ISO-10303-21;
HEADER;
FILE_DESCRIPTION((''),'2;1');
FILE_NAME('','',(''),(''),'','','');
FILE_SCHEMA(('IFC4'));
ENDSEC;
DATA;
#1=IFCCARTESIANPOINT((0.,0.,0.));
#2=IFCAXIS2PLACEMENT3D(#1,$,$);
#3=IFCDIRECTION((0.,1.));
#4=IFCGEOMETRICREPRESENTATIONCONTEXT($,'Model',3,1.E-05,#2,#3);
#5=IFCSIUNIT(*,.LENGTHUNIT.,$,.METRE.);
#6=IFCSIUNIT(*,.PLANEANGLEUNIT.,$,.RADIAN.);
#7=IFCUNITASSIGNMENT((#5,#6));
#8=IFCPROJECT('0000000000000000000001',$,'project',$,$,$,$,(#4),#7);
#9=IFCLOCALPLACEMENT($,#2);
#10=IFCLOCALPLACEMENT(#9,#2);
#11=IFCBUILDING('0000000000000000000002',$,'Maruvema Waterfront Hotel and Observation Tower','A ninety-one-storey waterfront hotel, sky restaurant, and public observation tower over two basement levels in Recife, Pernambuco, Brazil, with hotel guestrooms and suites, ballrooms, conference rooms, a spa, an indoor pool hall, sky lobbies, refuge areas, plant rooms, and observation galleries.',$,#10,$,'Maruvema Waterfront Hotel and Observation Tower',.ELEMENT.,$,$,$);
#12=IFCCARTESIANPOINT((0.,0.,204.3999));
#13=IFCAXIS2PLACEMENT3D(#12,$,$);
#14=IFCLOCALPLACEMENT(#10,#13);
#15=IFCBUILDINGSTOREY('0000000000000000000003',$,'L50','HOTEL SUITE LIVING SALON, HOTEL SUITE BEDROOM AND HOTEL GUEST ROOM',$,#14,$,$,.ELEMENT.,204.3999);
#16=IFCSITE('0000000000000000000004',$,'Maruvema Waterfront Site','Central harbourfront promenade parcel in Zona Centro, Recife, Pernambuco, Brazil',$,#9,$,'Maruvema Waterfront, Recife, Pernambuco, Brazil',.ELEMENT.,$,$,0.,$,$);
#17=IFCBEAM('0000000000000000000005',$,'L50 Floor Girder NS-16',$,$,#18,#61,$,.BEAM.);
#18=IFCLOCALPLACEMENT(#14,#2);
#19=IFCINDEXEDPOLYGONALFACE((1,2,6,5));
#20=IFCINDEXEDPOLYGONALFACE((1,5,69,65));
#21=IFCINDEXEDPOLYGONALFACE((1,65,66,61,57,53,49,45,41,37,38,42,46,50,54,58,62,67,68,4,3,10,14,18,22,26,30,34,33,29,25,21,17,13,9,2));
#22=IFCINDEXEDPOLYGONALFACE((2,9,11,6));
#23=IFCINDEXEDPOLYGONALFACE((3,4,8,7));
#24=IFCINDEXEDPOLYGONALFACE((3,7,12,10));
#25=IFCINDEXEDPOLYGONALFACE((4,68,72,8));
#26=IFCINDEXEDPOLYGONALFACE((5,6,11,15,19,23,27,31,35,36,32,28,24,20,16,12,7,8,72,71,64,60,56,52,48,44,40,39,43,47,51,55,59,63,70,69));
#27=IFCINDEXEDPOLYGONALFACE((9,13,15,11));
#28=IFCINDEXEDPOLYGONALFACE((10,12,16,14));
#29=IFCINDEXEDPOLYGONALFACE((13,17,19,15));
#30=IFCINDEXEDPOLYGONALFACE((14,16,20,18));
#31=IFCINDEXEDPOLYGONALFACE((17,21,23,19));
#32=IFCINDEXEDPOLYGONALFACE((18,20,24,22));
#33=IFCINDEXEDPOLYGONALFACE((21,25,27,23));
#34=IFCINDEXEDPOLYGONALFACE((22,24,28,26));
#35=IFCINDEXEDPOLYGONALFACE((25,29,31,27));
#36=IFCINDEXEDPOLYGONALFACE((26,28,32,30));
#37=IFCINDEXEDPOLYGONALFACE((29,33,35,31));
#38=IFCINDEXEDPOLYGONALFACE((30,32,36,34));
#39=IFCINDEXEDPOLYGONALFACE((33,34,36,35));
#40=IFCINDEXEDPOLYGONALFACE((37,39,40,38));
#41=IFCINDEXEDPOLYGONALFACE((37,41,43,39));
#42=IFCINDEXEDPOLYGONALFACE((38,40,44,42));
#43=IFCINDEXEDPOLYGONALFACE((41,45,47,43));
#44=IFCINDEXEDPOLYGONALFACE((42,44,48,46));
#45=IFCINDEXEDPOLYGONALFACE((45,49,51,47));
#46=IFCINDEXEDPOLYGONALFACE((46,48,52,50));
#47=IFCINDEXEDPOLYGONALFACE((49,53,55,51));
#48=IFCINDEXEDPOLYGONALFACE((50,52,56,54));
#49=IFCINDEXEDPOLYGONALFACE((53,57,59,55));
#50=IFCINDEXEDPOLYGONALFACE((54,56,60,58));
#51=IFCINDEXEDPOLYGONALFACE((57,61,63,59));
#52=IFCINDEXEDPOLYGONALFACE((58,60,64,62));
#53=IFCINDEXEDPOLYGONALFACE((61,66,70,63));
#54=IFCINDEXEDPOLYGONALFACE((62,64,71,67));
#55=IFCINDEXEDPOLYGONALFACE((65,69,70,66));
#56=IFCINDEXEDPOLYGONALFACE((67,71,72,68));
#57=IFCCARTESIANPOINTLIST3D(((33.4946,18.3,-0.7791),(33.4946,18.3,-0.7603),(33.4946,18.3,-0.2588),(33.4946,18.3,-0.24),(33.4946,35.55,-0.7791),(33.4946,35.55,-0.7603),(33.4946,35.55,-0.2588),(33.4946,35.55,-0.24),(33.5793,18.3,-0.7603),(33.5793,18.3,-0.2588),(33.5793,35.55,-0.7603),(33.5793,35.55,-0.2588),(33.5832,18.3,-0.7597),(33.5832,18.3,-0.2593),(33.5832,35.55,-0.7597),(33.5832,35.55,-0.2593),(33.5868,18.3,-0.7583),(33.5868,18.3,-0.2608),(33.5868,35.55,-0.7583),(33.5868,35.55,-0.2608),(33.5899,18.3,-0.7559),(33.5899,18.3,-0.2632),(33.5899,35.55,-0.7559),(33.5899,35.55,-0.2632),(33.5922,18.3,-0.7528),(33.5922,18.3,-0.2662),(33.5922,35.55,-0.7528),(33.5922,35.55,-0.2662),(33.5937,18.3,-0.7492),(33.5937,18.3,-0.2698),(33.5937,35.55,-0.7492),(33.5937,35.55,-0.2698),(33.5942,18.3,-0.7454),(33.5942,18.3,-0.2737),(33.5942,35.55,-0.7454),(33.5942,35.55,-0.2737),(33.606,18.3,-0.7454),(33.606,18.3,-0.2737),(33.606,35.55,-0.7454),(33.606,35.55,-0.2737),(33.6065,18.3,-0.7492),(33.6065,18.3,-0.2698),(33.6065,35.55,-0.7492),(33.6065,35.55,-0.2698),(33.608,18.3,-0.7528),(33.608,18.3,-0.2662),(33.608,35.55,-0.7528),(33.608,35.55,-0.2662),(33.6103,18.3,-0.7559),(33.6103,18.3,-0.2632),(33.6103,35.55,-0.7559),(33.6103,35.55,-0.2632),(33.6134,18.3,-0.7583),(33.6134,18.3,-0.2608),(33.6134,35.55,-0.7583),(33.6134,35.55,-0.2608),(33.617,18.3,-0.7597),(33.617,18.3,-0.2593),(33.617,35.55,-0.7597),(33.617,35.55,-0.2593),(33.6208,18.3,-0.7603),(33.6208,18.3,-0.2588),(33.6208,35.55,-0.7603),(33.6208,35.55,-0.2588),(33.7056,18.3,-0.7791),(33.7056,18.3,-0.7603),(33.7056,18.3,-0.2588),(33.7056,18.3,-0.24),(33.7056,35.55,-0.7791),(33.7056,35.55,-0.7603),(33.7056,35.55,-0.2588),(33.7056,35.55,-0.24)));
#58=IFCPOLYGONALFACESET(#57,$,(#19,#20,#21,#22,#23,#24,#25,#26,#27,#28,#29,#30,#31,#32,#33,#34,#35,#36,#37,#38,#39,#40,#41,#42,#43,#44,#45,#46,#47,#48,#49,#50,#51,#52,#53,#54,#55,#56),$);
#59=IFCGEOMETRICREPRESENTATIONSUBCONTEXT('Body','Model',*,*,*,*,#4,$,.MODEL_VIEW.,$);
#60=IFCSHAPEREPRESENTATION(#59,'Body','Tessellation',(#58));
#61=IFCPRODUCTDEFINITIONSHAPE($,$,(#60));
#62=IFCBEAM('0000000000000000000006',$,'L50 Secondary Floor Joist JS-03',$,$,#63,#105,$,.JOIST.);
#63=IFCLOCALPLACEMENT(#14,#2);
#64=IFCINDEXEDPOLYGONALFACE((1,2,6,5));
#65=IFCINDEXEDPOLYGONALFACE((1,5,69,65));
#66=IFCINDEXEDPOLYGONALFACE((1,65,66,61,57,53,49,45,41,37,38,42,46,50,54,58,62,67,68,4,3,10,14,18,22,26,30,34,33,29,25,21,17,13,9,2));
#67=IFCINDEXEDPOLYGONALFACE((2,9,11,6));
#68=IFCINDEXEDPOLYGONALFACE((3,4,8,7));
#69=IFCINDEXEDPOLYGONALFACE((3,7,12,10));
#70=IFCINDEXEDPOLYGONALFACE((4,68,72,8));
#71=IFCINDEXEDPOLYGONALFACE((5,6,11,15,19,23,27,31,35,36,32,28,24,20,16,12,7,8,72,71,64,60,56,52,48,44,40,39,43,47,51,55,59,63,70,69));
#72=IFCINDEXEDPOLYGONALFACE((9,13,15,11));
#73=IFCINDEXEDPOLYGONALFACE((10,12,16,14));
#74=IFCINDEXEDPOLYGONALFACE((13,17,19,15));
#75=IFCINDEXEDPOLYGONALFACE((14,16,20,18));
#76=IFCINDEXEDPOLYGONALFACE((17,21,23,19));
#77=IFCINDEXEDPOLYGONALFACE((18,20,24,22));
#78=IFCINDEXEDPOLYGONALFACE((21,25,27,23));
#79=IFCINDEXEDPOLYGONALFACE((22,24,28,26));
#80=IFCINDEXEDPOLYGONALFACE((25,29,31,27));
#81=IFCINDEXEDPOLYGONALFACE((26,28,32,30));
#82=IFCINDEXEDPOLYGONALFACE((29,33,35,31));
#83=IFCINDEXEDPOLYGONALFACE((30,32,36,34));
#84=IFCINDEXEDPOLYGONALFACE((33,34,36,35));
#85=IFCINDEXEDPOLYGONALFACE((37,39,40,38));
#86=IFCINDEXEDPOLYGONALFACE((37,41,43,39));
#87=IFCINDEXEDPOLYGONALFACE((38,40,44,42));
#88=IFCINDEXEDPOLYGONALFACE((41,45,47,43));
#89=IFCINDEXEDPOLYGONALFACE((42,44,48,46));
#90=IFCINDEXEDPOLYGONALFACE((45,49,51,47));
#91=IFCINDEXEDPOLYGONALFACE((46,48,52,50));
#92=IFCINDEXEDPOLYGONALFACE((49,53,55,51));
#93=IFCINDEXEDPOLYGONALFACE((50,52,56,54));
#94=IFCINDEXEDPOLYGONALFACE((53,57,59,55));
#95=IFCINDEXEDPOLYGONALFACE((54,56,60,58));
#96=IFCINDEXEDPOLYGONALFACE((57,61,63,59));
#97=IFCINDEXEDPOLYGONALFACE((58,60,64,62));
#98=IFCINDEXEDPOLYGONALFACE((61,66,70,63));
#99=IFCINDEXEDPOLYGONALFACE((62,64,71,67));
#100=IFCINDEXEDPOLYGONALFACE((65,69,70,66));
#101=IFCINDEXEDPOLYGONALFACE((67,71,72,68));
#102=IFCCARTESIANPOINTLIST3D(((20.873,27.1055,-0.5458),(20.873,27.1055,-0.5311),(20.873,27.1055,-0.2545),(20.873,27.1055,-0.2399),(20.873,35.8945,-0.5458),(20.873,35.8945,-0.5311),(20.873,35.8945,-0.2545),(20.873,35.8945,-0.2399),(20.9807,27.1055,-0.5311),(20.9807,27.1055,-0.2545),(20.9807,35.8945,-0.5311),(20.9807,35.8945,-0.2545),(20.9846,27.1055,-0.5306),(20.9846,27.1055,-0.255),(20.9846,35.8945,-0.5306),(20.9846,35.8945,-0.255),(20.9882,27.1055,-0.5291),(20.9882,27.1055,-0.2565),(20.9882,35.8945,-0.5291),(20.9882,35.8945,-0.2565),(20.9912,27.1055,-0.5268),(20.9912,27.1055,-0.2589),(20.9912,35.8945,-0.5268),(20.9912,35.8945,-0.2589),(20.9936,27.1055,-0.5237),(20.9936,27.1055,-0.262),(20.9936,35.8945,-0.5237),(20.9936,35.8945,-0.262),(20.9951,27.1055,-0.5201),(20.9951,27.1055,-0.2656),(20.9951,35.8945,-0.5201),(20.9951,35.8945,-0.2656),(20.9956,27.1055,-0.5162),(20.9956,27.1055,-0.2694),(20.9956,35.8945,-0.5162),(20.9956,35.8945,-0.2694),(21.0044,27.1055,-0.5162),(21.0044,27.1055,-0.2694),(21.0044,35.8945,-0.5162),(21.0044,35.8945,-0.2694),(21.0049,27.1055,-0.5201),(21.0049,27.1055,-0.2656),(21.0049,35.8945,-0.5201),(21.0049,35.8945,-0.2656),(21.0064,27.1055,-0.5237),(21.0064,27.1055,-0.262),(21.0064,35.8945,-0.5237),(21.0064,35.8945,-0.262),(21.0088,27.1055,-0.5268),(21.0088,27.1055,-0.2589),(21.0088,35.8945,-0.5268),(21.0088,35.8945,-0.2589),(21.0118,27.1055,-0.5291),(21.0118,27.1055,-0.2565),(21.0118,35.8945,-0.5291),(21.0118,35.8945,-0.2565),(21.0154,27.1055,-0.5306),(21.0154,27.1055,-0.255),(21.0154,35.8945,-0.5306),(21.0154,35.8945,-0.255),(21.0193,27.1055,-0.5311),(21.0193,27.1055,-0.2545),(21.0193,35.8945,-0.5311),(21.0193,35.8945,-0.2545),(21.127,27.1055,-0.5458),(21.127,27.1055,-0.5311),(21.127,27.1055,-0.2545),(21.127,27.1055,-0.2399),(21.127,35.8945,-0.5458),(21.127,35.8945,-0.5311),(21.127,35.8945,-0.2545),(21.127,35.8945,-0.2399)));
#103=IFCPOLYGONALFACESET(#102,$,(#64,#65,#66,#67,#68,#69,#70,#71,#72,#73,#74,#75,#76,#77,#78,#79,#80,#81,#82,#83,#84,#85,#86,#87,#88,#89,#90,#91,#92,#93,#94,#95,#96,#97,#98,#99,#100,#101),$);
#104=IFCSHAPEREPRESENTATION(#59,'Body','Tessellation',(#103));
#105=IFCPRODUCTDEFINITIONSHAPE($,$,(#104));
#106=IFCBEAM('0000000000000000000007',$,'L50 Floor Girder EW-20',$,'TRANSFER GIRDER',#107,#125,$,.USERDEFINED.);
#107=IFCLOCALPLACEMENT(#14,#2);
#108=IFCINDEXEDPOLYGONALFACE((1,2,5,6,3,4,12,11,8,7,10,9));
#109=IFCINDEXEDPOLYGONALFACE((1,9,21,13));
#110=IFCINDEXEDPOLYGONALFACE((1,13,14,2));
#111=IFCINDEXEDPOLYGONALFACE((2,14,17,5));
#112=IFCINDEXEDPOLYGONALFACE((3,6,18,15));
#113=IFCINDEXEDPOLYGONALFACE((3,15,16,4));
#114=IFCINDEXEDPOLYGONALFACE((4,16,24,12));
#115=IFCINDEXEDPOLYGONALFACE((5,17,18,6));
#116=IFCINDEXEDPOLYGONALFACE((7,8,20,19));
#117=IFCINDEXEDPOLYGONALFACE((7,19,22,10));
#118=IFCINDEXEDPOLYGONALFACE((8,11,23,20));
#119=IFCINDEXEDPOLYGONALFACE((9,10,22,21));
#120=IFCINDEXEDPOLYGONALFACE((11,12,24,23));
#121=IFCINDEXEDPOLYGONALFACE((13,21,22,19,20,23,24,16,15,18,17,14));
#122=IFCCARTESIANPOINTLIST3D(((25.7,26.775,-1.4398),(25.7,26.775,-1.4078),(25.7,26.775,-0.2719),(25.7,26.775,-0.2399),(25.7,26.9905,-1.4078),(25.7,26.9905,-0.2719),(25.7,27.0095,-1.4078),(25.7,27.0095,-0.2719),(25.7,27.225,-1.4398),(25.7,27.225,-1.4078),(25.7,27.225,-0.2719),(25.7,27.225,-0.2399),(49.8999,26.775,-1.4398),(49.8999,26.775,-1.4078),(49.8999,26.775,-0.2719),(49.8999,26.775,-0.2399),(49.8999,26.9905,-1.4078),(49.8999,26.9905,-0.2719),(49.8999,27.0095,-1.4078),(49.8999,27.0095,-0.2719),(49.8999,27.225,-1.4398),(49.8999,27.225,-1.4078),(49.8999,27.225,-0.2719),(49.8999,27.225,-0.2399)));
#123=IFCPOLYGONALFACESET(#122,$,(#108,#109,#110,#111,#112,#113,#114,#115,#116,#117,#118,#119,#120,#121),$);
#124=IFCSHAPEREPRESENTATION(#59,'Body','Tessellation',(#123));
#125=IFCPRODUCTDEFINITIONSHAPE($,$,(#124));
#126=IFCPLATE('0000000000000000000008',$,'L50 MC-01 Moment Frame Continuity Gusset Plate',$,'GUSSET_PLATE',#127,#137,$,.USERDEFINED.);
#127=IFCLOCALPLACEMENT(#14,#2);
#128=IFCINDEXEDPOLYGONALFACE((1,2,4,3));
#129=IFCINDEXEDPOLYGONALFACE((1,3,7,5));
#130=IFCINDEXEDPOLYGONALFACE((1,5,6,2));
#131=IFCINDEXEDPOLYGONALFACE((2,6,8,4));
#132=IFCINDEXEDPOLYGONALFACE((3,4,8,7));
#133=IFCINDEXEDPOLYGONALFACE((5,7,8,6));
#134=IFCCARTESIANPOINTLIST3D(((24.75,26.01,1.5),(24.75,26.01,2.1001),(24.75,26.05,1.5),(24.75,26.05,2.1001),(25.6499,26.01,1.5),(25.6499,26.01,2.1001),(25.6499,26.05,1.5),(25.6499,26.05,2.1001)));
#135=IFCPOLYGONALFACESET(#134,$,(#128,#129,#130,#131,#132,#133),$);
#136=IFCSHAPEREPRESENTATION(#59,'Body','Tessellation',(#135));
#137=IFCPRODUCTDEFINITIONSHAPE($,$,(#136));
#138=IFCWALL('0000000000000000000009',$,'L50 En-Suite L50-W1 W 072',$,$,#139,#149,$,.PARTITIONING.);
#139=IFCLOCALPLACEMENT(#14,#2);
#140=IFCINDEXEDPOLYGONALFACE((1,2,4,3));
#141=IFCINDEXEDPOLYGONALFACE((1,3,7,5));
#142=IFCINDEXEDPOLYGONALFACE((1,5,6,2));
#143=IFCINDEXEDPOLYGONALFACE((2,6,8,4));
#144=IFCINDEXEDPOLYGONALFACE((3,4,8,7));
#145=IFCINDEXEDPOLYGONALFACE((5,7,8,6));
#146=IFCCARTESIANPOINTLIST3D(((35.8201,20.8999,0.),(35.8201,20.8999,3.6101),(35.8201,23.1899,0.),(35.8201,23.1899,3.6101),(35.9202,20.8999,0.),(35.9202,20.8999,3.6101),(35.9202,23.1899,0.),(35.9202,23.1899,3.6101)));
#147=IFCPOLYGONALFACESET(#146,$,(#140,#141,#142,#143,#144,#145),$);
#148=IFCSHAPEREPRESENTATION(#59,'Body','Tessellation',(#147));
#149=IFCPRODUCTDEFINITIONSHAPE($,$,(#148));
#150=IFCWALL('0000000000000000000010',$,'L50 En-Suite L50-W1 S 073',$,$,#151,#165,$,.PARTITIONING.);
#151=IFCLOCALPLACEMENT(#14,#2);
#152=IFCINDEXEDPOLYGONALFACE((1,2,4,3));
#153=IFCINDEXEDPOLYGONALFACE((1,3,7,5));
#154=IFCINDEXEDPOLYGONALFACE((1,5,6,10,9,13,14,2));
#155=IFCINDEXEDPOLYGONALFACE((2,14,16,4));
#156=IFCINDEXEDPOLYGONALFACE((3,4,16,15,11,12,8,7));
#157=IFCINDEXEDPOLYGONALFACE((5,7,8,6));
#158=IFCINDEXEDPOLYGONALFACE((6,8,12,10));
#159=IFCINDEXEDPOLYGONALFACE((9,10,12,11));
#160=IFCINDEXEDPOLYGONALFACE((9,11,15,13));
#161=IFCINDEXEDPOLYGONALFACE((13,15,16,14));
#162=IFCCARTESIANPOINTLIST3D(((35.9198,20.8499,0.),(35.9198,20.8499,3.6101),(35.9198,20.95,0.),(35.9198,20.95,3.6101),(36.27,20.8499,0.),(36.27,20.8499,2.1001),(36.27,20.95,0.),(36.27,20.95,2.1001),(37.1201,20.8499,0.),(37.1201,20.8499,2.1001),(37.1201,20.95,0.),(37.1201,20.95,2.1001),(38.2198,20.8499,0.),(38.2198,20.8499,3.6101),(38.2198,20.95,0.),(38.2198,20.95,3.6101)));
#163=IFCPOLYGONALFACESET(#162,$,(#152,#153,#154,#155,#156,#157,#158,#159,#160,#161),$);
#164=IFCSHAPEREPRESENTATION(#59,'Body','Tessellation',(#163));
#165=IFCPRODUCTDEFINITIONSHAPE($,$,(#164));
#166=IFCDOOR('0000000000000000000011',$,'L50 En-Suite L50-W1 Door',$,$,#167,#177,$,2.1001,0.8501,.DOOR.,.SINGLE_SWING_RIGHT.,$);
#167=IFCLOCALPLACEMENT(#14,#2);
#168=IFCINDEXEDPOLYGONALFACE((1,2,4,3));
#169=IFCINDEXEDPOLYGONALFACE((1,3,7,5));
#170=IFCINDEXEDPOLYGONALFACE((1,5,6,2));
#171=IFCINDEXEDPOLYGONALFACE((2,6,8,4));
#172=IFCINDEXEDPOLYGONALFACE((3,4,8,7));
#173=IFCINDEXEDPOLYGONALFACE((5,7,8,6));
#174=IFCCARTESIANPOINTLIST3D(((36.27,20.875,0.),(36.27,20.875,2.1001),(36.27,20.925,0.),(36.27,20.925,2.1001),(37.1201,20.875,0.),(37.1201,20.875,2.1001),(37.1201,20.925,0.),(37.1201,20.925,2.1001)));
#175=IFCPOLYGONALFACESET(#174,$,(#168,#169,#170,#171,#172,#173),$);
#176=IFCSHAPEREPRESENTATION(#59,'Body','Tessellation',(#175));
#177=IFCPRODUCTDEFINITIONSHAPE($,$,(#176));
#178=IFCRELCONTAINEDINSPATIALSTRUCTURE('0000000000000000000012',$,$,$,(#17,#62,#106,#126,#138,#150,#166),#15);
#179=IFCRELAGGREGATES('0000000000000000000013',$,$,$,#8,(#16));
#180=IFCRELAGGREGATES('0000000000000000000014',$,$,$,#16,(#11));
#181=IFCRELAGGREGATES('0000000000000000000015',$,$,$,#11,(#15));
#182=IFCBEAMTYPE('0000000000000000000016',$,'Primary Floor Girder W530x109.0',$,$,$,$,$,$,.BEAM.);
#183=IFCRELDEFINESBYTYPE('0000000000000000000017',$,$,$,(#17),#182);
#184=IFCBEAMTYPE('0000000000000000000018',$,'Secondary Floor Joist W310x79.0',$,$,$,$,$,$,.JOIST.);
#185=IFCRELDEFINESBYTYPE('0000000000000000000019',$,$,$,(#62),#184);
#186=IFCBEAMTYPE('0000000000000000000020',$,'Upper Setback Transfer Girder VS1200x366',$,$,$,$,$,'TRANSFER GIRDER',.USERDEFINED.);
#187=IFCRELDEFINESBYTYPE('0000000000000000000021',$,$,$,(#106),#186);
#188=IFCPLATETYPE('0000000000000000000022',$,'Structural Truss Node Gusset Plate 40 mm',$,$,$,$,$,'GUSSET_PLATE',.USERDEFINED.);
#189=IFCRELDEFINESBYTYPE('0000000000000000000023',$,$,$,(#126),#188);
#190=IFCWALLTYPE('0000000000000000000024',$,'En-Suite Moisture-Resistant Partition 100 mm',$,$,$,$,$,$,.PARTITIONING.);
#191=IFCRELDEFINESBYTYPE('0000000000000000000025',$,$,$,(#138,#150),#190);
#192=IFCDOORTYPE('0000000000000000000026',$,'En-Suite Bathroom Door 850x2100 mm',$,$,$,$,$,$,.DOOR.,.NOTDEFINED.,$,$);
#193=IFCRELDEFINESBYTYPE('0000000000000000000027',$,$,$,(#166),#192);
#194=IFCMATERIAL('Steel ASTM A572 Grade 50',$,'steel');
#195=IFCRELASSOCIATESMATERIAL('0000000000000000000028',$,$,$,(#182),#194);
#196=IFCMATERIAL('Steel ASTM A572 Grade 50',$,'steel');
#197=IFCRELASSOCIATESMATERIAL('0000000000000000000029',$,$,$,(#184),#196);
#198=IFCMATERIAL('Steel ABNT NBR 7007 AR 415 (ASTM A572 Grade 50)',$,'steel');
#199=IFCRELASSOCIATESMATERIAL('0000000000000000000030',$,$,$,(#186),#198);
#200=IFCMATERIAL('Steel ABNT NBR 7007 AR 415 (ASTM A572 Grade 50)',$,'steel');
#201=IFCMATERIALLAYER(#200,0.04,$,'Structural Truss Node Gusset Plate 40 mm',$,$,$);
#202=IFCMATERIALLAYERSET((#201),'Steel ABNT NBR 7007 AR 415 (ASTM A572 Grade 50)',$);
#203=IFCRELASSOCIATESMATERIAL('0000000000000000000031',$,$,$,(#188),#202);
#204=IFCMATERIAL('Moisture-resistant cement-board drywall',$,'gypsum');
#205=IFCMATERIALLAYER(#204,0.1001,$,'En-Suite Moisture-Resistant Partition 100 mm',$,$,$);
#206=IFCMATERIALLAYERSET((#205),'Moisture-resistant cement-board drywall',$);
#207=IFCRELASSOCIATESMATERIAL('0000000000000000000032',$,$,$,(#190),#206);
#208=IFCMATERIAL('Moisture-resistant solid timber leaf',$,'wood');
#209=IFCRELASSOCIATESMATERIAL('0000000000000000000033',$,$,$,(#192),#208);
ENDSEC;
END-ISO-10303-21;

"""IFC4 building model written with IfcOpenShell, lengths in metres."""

from ifc_helpers import new_model, si_unit, direction, frame, frame_2d, origin, origin_2d, place, context, subcontext, project, spatial, rectangle, i_section, extrude, material, layer, layer_set, material_profile, profile_set, type_object, element, fill, save


model = new_model("IFC4")

# Units and contexts
model_context = context("Model", 3, precision=1e-05, world=origin(), true_north=direction((0.0, 1.0)))
body_context = subcontext(model_context, "Body", "Model", "MODEL_VIEW")
ifc_project = project(units=[si_unit("LENGTHUNIT", "METRE"), si_unit("PLANEANGLEUNIT", "RADIAN")], contexts=[model_context])

# Site, building, storey
site_placement = place(None, origin())
site = spatial("IfcSite", under=ifc_project, at=site_placement, Name="Maruvema Waterfront Site", Description="Central harbourfront promenade parcel in Zona Centro, Recife, Pernambuco, Brazil", LongName="Maruvema Waterfront, Recife, Pernambuco, Brazil", CompositionType="ELEMENT", RefElevation=0.0)
building_placement = place(site_placement, origin())
building = spatial("IfcBuilding", under=site, at=building_placement, Name="Maruvema Waterfront Hotel and Observation Tower", Description="A ninety-one-storey waterfront hotel, sky restaurant, and public observation tower over two basement levels in Recife, Pernambuco, Brazil, with hotel guestrooms and suites, ballrooms, conference rooms, a spa, an indoor pool hall, sky lobbies, refuge areas, plant rooms, and observation galleries.", LongName="Maruvema Waterfront Hotel and Observation Tower", CompositionType="ELEMENT")
storey_placement = place(building_placement, frame((0.0, 0.0, 204.3999)))
storey = spatial("IfcBuildingStorey", under=building, at=storey_placement, Name="L50", Description="HOTEL SUITE LIVING SALON, HOTEL SUITE BEDROOM AND HOTEL GUEST ROOM", CompositionType="ELEMENT", Elevation=204.3999)

# Beams
ifc_material_1 = material(Name="Steel ASTM A572 Grade 50", Category="steel")
ifc_material_profile_1 = material_profile(ifc_material_1, i_section(OverallWidth=0.2109, OverallDepth=0.5391, WebThickness=0.0117, FlangeThickness=0.0188, FilletRadius=0.0149, at=origin_2d()), Name="W530x109.0")
ifc_profile_set_1 = profile_set([ifc_material_profile_1], Name="Steel ASTM A572 Grade 50")
beam_type_1 = type_object("IfcBeamType", Name="Primary Floor Girder W530x109.0", PredefinedType="BEAM", material=ifc_profile_set_1)
beam_1_placement = place(storey_placement, frame((33.6001, 18.3, -0.5095), z_axis=(0.0, 1.0, 0.0), x_axis=(-1.0, 0.0, 0.0)))
element("IfcBeam", 1, at=beam_1_placement, inside=storey, type_object=beam_type_1, Name="L50 Floor Girder NS-16", PredefinedType="BEAM", context=body_context, shape_type="SweptSolid", body=[
    extrude(i_section(OverallWidth=0.2109, OverallDepth=0.5391, WebThickness=0.0117, FlangeThickness=0.0188, FilletRadius=0.0149, at=origin_2d()), origin(), (0.0, 0.0, 1.0), 17.25),
])
ifc_material_2 = material(Name="Steel ASTM A572 Grade 50", Category="steel")
ifc_material_profile_2 = material_profile(ifc_material_2, i_section(OverallWidth=0.2539, OverallDepth=0.3059, WebThickness=0.0088, FlangeThickness=0.0146, FilletRadius=0.0149, at=origin_2d()), Name="W310x79.0")
ifc_profile_set_2 = profile_set([ifc_material_profile_2], Name="Steel ASTM A572 Grade 50")
beam_type_2 = type_object("IfcBeamType", Name="Secondary Floor Joist W310x79.0", PredefinedType="JOIST", material=ifc_profile_set_2)
beam_2_placement = place(storey_placement, frame((21.0, 27.1055, -0.3928), z_axis=(0.0, 1.0, 0.0), x_axis=(-1.0, 0.0, 0.0)))
element("IfcBeam", 2, at=beam_2_placement, inside=storey, type_object=beam_type_2, Name="L50 Secondary Floor Joist JS-03", PredefinedType="JOIST", context=body_context, shape_type="SweptSolid", body=[
    extrude(i_section(OverallWidth=0.2539, OverallDepth=0.3059, WebThickness=0.0088, FlangeThickness=0.0146, FilletRadius=0.0149, at=origin_2d()), origin(), (0.0, 0.0, 1.0), 8.7891),
])
ifc_material_3 = material(Name="Steel ABNT NBR 7007 AR 415 (ASTM A572 Grade 50)", Category="steel")
ifc_material_profile_3 = material_profile(ifc_material_3, i_section(OverallWidth=0.45, OverallDepth=1.2, WebThickness=0.019, FlangeThickness=0.032, at=origin_2d()), Name="VS1200x366")
ifc_profile_set_3 = profile_set([ifc_material_profile_3], Name="Steel ABNT NBR 7007 AR 415 (ASTM A572 Grade 50)")
beam_type_3 = type_object("IfcBeamType", Name="Upper Setback Transfer Girder VS1200x366", ElementType="TRANSFER GIRDER", PredefinedType="USERDEFINED", material=ifc_profile_set_3)
beam_3_placement = place(storey_placement, frame((25.7, 27.0, -0.8398), z_axis=(1.0, 0.0, 0.0), x_axis=(0.0, 1.0, 0.0)))
element("IfcBeam", 3, at=beam_3_placement, inside=storey, type_object=beam_type_3, Name="L50 Floor Girder EW-20", ObjectType="TRANSFER GIRDER", PredefinedType="USERDEFINED", context=body_context, shape_type="SweptSolid", body=[
    extrude(i_section(OverallWidth=0.45, OverallDepth=1.2, WebThickness=0.019, FlangeThickness=0.032, at=origin_2d()), origin(), (0.0, 0.0, 1.0), 24.2),
])

# Plate
ifc_material_4 = material(Name="Steel ABNT NBR 7007 AR 415 (ASTM A572 Grade 50)", Category="steel")
ifc_layer_1 = layer(ifc_material_4, 0.04, Name="Structural Truss Node Gusset Plate 40 mm")
ifc_layer_set_1 = layer_set([ifc_layer_1], Name="Steel ABNT NBR 7007 AR 415 (ASTM A572 Grade 50)")
plate_type = type_object("IfcPlateType", Name="Structural Truss Node Gusset Plate 40 mm", ElementType="GUSSET_PLATE", PredefinedType="USERDEFINED", material=ifc_layer_set_1)
plate_placement = place(storey_placement, frame((25.2, 26.03, 1.5), z_axis=(0.0, 0.0, 1.0), x_axis=(1.0, 0.0, 0.0)))
element("IfcPlate", 4, at=plate_placement, inside=storey, type_object=plate_type, Name="L50 MC-01 Moment Frame Continuity Gusset Plate", ObjectType="GUSSET_PLATE", PredefinedType="USERDEFINED", context=body_context, shape_type="SweptSolid", body=[
    extrude(rectangle(XDim=0.8999, YDim=0.04, at=origin_2d()), origin(), (0.0, 0.0, 1.0), 0.6001),
])

# Wall
ifc_material_5 = material(Name="Moisture-resistant cement-board drywall", Category="gypsum")
ifc_layer_2 = layer(ifc_material_5, 0.1001, Name="En-Suite Moisture-Resistant Partition 100 mm")
ifc_layer_set_2 = layer_set([ifc_layer_2], Name="Moisture-resistant cement-board drywall")
wall_type = type_object("IfcWallType", Name="En-Suite Moisture-Resistant Partition 100 mm", PredefinedType="PARTITIONING", material=ifc_layer_set_2)
wall_1_placement = place(storey_placement, frame((35.8701, 20.8999, 0.0), z_axis=(0.0, 0.0, 1.0), x_axis=(0.0, 1.0, 0.0)))
element("IfcWall", 5, at=wall_1_placement, inside=storey, type_object=wall_type, Name="L50 En-Suite L50-W1 W 072", PredefinedType="PARTITIONING", context=body_context, shape_type="SweptSolid", body=[
    extrude(rectangle(XDim=2.29, YDim=0.1001, at=frame_2d((1.145, 0.0))), origin(), (0.0, 0.0, 1.0), 3.6101),
])

# Wall, opening, door
wall_2_placement = place(storey_placement, frame((35.9199, 20.8999, 0.0), z_axis=(0.0, 0.0, 1.0), x_axis=(1.0, 0.0, 0.0)))
wall_2 = element("IfcWall", 6, at=wall_2_placement, inside=storey, type_object=wall_type, Name="L50 En-Suite L50-W1 S 073", PredefinedType="PARTITIONING", context=body_context, shape_type="SweptSolid", body=[
    extrude(rectangle(XDim=2.3, YDim=0.1001, at=frame_2d((1.1499, 0.0))), origin(), (0.0, 0.0, 1.0), 3.6101),
])
opening_1_placement = place(wall_2_placement, frame((0.3501, 0.0, 0.0)))
opening_1 = element("IfcOpeningElement", 7, at=opening_1_placement, cuts=wall_2, PredefinedType="OPENING", context=body_context, shape_type="SweptSolid", body=[
    extrude(rectangle(XDim=0.8501, YDim=2.1001, at=frame_2d((0.425, 1.05))), frame((0.0, 0.0601, 0.0), z_axis=(0.0, -1.0, 0.0), x_axis=(1.0, 0.0, 0.0)), (0.0, 0.0, 1.0), 0.1201),
])
ifc_material_6 = material(Name="Moisture-resistant solid timber leaf", Category="wood")
door_type_1 = type_object("IfcDoorType", Name="En-Suite Bathroom Door 850x2100 mm", OperationType="NOTDEFINED", PredefinedType="DOOR", material=ifc_material_6)
door_1_placement = place(opening_1_placement, frame((0.8501, 0.0, 0.0), z_axis=(0.0, 0.0, 1.0), x_axis=(-1.0, 0.0, 0.0)))
door_1 = element("IfcDoor", 8, at=door_1_placement, inside=storey, type_object=door_type_1, Name="L50 En-Suite L50-W1 Door", OperationType="SINGLE_SWING_RIGHT", OverallHeight=2.1001, OverallWidth=0.8501, PredefinedType="DOOR", context=body_context, shape_type="SweptSolid", body=[
    extrude(rectangle(XDim=0.8501, YDim=2.1001, at=frame_2d((0.425, 1.05))), frame((0.0, 0.0249, 0.0), z_axis=(0.0, -1.0, 0.0), x_axis=(1.0, 0.0, 0.0)), (0.0, 0.0, 1.0), 0.05),
])
fill(opening_1, door_1)

save(model, "model.ifc")
